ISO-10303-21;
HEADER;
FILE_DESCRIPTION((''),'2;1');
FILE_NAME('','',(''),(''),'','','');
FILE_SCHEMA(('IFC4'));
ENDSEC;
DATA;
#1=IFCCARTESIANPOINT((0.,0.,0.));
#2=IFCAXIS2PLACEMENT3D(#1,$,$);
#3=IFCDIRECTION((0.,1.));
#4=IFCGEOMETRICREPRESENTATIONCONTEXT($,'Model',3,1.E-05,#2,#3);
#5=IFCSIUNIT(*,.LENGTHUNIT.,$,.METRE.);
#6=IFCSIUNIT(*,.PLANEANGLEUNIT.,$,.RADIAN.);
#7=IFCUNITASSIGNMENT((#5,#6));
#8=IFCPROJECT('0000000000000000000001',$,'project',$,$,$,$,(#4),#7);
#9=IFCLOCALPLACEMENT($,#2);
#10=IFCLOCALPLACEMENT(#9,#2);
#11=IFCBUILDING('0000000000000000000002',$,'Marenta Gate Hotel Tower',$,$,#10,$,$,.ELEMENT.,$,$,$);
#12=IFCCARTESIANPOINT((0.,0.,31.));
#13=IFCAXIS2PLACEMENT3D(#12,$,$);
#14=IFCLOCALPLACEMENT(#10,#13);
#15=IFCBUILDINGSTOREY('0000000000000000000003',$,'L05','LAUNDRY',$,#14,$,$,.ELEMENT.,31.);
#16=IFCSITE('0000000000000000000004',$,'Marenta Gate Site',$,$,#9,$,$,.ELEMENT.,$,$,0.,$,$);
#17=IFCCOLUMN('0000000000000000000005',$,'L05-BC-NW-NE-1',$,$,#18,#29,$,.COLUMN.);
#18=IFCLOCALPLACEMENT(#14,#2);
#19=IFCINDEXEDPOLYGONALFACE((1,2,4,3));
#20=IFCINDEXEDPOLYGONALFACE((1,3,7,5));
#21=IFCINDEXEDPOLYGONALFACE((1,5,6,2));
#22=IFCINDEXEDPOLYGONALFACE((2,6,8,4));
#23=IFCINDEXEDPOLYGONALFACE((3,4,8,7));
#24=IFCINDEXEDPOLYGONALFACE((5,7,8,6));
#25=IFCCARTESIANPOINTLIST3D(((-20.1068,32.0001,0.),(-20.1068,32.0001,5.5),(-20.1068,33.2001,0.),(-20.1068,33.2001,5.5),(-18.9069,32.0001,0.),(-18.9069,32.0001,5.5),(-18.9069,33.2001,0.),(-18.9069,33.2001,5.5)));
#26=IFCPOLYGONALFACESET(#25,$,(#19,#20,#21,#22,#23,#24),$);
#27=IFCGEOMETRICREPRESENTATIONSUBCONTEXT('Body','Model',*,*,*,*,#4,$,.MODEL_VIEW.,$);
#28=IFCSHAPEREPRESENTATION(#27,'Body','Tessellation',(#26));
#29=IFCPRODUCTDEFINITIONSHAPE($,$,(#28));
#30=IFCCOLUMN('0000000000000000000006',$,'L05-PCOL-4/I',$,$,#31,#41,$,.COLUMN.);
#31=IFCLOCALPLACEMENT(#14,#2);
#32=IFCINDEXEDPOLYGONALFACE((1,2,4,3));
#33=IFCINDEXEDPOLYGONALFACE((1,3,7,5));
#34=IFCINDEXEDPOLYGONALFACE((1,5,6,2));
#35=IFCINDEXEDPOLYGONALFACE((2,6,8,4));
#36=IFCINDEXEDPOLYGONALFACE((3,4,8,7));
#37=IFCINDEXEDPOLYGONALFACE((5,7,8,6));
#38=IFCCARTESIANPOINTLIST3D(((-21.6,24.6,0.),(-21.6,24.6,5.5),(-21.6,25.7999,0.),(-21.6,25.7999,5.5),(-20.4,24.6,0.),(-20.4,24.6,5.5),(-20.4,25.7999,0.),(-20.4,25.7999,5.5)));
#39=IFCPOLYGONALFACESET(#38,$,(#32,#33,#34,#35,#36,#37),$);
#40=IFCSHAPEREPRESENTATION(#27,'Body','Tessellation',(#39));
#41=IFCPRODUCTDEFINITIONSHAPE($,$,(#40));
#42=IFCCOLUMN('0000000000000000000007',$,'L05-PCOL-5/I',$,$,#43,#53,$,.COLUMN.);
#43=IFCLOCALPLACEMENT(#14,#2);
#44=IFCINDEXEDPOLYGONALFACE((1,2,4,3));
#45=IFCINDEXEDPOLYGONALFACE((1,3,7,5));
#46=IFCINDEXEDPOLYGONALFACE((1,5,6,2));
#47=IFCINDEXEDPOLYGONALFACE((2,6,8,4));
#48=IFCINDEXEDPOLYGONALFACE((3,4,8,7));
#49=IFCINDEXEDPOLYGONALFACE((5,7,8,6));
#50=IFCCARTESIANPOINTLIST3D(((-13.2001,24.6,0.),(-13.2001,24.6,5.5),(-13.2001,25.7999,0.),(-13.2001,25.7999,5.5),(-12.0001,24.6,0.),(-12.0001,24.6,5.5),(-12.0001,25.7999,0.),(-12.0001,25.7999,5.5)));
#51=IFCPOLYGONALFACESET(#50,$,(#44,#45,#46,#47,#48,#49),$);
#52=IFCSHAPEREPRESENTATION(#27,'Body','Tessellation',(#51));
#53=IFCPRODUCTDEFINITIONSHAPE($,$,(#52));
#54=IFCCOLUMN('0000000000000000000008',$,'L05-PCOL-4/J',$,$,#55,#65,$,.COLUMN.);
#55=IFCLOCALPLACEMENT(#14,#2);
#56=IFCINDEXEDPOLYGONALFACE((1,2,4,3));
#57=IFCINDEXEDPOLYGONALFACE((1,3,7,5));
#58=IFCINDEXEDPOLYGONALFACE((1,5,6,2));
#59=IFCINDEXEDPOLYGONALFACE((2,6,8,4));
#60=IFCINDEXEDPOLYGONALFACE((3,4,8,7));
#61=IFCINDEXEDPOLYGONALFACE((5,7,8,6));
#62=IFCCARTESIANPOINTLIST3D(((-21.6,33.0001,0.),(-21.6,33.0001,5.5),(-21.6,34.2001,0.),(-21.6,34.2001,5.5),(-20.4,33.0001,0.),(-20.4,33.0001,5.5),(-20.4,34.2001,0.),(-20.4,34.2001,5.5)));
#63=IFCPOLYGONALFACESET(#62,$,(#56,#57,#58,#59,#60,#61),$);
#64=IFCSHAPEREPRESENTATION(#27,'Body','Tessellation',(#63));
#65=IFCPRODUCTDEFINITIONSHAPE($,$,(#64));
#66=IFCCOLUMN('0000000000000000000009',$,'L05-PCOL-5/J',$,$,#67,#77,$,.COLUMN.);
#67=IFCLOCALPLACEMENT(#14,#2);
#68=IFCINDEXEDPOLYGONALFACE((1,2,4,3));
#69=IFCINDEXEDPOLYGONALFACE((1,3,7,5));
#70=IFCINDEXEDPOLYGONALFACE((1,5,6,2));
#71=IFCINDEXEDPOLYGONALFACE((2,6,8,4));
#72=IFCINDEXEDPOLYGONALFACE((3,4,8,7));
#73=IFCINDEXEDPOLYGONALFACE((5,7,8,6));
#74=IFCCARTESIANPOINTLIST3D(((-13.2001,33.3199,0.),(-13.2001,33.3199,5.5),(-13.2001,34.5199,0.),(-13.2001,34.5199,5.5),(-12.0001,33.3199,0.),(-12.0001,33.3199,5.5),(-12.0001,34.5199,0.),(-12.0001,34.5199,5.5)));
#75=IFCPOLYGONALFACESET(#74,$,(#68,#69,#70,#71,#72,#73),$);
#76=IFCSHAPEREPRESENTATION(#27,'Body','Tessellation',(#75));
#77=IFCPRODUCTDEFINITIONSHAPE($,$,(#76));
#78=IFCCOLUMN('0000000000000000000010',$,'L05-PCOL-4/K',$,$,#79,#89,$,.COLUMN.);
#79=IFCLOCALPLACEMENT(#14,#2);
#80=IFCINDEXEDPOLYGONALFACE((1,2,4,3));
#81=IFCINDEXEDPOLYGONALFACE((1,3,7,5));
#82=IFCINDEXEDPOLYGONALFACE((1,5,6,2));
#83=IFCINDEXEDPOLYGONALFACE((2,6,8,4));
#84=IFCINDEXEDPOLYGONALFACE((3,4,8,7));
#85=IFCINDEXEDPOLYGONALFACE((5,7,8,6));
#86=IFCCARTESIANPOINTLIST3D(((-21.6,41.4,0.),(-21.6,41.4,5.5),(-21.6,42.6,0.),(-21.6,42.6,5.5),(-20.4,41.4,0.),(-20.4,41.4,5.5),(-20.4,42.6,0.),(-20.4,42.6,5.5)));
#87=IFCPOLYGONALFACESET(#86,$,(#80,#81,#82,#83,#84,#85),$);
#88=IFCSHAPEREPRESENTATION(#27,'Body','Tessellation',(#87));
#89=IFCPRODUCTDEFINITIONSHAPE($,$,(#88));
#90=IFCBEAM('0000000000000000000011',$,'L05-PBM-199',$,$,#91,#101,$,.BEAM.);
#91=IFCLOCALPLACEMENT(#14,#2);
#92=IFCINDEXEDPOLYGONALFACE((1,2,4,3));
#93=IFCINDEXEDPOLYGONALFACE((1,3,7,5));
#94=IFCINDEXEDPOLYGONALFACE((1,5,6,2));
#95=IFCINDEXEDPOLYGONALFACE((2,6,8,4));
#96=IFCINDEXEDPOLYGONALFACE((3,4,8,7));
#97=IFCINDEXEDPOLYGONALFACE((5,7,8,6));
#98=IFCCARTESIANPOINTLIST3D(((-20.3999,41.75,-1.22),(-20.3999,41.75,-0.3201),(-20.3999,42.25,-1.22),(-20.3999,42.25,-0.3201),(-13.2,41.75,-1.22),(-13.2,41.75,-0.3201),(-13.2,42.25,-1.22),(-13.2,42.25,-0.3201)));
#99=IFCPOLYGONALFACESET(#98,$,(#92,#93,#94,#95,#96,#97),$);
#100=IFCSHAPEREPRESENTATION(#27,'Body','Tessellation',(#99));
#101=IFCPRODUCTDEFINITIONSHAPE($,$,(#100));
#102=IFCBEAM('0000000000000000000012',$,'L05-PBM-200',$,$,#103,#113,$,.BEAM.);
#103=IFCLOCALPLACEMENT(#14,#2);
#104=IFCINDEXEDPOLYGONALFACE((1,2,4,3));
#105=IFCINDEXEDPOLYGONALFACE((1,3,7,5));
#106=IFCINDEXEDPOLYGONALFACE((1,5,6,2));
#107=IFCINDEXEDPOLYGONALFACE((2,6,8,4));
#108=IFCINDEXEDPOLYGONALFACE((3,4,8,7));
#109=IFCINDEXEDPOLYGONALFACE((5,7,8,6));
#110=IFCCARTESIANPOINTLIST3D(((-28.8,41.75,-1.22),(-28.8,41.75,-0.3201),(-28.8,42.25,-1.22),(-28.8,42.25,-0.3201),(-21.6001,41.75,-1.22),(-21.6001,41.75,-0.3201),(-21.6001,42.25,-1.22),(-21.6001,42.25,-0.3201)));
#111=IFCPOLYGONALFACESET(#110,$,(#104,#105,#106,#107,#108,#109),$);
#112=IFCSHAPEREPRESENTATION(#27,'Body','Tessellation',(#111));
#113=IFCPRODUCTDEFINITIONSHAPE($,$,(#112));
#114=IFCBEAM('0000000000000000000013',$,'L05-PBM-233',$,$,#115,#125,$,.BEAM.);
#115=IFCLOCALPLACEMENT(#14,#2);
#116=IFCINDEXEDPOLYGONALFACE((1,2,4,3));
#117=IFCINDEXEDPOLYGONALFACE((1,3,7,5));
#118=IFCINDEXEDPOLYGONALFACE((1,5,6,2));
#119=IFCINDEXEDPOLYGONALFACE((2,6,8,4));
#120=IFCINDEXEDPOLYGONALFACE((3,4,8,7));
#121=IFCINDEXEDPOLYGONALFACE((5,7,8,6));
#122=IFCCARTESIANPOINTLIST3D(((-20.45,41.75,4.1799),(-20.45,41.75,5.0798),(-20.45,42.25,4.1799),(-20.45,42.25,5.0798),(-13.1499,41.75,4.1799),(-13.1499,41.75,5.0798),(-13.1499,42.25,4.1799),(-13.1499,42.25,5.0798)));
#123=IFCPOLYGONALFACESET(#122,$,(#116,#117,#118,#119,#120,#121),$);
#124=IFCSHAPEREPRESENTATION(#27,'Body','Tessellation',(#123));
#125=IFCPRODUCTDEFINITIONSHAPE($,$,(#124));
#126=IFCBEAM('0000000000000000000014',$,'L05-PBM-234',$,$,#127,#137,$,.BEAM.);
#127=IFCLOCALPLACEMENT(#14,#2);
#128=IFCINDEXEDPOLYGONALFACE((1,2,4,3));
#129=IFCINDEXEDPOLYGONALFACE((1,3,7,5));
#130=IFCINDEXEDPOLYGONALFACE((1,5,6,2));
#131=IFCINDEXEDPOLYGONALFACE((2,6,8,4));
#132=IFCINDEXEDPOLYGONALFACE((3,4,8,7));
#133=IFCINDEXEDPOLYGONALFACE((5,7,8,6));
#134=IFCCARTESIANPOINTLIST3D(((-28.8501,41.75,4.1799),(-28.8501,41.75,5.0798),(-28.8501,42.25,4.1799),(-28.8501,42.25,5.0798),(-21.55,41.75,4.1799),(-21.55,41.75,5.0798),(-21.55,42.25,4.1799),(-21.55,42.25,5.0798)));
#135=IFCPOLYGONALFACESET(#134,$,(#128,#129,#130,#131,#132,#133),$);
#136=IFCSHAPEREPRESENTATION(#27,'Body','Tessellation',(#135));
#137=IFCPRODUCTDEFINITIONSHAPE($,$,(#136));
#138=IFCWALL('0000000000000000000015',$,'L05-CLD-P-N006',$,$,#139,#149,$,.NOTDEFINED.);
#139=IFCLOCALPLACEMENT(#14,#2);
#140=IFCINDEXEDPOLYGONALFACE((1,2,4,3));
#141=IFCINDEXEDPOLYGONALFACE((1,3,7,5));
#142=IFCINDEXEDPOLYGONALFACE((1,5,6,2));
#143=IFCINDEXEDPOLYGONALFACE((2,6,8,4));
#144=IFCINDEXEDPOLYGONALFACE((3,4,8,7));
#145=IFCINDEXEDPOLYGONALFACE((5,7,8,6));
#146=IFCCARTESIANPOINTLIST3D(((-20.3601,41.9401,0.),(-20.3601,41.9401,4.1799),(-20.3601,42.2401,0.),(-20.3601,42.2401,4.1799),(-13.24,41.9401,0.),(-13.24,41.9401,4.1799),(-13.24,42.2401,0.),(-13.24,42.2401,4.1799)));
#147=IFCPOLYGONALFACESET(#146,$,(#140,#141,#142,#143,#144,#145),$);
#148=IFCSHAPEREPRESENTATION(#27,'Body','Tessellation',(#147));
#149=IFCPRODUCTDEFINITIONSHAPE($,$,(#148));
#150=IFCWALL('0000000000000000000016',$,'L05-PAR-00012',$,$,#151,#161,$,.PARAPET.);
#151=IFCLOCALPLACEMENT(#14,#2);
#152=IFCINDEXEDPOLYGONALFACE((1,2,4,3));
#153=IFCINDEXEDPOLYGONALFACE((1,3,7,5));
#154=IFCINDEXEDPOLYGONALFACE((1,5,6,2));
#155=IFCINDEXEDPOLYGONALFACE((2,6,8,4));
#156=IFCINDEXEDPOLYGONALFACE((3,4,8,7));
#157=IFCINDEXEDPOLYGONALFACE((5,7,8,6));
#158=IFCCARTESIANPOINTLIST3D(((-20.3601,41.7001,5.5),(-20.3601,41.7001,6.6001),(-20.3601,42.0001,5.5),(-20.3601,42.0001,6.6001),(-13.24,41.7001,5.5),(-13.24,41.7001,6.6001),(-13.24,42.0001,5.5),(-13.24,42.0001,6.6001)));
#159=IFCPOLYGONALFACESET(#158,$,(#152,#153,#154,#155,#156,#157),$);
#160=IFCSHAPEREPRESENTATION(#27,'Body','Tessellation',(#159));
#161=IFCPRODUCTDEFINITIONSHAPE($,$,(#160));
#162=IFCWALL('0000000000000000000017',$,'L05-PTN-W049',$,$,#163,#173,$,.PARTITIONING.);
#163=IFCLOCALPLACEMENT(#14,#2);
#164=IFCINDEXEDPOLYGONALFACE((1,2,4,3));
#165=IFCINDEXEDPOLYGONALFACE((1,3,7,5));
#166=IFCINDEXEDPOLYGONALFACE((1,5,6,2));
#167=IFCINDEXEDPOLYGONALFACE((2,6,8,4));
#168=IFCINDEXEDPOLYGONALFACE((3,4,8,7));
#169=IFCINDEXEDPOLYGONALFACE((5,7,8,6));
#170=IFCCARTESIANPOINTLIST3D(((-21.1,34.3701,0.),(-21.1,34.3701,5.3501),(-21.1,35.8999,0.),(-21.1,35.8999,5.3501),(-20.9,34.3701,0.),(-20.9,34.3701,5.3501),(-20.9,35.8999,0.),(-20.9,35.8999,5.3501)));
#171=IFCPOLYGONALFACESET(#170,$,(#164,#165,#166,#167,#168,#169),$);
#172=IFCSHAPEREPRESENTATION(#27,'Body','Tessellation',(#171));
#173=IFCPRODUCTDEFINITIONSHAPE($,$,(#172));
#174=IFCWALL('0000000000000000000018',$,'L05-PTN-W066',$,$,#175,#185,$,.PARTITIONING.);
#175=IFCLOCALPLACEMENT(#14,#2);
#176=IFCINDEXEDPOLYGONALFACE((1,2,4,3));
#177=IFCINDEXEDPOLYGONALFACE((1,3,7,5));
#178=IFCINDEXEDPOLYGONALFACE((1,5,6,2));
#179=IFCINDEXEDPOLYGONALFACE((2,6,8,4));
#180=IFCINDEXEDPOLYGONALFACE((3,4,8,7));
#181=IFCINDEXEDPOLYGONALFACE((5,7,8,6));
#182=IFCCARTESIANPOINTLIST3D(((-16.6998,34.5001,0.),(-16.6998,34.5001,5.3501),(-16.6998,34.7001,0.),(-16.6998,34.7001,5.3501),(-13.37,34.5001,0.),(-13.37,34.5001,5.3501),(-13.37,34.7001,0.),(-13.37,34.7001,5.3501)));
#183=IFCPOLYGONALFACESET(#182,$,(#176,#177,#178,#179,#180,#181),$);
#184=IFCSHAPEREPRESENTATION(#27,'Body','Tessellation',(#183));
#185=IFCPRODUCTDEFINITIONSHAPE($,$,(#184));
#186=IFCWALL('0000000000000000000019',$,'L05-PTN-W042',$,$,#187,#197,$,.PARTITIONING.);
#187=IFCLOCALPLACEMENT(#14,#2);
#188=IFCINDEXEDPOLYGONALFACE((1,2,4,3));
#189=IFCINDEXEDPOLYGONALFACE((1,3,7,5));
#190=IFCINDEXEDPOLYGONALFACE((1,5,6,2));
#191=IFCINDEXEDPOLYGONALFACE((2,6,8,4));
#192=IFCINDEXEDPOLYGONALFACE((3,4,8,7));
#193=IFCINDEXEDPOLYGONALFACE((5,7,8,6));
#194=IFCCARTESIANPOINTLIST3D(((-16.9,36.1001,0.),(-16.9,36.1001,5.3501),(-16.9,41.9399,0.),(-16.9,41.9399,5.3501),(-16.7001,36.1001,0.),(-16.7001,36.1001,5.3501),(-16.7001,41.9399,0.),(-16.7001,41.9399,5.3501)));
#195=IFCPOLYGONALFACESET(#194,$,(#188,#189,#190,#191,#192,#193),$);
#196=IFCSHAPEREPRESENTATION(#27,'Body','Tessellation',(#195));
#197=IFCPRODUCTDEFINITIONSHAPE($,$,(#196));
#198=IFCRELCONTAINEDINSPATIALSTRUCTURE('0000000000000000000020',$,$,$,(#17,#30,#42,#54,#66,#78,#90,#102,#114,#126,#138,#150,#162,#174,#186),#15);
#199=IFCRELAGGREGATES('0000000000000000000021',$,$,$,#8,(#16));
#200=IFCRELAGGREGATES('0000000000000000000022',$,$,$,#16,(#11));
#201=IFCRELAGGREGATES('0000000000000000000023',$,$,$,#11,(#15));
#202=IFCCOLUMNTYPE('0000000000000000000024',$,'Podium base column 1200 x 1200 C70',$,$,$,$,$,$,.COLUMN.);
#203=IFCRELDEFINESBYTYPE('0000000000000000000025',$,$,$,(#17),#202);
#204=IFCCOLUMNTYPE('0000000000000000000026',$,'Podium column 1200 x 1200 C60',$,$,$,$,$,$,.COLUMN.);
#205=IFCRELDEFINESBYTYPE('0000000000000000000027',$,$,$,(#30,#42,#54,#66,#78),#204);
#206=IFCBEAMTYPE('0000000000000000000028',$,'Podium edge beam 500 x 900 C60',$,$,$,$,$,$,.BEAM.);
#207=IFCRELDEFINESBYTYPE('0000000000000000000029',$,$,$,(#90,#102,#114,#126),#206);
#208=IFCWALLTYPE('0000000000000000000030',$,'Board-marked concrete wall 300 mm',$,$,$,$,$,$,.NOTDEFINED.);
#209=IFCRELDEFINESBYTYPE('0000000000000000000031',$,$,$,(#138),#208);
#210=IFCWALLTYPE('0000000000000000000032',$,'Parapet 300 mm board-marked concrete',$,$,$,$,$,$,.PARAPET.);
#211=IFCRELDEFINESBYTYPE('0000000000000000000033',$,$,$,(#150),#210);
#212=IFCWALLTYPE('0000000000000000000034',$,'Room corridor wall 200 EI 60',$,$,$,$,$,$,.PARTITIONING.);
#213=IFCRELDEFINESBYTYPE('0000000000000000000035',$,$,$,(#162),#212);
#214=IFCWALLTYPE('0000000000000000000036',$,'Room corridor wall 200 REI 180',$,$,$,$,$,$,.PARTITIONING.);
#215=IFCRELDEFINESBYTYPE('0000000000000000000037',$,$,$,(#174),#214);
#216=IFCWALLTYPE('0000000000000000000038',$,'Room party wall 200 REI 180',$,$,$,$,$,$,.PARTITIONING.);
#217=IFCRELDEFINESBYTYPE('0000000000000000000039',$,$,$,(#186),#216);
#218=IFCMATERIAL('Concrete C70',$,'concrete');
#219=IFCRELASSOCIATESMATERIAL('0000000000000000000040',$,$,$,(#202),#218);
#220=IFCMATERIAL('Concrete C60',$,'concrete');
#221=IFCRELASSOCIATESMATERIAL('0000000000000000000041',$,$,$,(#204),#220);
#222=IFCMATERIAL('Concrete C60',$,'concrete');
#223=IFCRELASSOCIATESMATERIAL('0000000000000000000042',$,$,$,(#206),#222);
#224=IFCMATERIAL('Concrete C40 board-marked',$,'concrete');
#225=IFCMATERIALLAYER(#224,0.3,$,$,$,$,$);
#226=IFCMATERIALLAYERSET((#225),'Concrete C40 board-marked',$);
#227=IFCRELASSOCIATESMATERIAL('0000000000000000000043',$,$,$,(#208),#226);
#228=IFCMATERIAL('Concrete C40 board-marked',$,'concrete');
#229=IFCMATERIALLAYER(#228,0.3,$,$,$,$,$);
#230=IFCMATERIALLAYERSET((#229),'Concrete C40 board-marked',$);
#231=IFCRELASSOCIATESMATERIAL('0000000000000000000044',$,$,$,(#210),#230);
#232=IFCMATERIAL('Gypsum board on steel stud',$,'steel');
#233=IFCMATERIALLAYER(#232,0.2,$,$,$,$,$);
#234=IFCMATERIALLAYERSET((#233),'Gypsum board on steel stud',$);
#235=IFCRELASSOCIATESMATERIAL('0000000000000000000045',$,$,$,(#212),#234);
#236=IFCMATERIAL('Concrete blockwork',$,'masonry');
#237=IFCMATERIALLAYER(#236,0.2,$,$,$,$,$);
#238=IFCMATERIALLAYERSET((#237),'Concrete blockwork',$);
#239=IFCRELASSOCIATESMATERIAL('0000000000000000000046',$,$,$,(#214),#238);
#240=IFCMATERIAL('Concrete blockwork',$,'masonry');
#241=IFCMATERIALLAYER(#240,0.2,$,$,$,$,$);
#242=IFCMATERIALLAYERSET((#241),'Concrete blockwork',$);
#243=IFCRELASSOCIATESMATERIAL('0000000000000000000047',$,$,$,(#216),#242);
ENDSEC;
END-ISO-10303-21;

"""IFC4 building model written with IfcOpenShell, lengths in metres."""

from ifc_helpers import new_model, si_unit, direction, frame, frame_2d, origin, origin_2d, place, context, subcontext, project, spatial, rectangle, extrude, material, layer, layer_set, material_profile, profile_set, type_object, element, save


model = new_model("IFC4")

# Units and contexts
model_context = context("Model", 3, precision=1e-05, world=origin(), true_north=direction((0.0, 1.0)))
body_context = subcontext(model_context, "Body", "Model", "MODEL_VIEW")
ifc_project = project(units=[si_unit("LENGTHUNIT", "METRE"), si_unit("PLANEANGLEUNIT", "RADIAN")], contexts=[model_context])

# Site, building, storey
site_placement = place(None, origin())
site = spatial("IfcSite", under=ifc_project, at=site_placement, Name="Marenta Gate Site", CompositionType="ELEMENT", RefElevation=0.0)
building_placement = place(site_placement, origin())
building = spatial("IfcBuilding", under=site, at=building_placement, Name="Marenta Gate Hotel Tower", CompositionType="ELEMENT")
storey_placement = place(building_placement, frame((0.0, 0.0, 31.0)))
storey = spatial("IfcBuildingStorey", under=building, at=storey_placement, Name="L05", Description="LAUNDRY", CompositionType="ELEMENT", Elevation=31.0)

# Columns
ifc_material_1 = material(Name="Concrete C70", Category="concrete")
ifc_material_profile_1 = material_profile(ifc_material_1, rectangle(XDim=1.2, YDim=1.2, at=origin_2d()), Name="1200 x 1200")
ifc_profile_set_1 = profile_set([ifc_material_profile_1], Name="Concrete C70")
column_type_1 = type_object("IfcColumnType", Name="Podium base column 1200 x 1200 C70", PredefinedType="COLUMN", material=ifc_profile_set_1)
column_placement = place(storey_placement, frame((-19.5068, 32.6001, 0.0), z_axis=(0.0, 0.0, 1.0), x_axis=(1.0, 0.0, 0.0)))
element("IfcColumn", 1, at=column_placement, inside=storey, type_object=column_type_1, Name="L05-BC-NW-NE-1", PredefinedType="COLUMN", context=body_context, shape_type="SweptSolid", body=[
    extrude(rectangle(XDim=1.2, YDim=1.2, at=origin_2d()), origin(), (0.0, 0.0, 1.0), 5.5),
])
ifc_material_2 = material(Name="Concrete C60", Category="concrete")
ifc_material_profile_2 = material_profile(ifc_material_2, rectangle(XDim=1.2, YDim=1.2, at=origin_2d()), Name="1200 x 1200")
ifc_profile_set_2 = profile_set([ifc_material_profile_2], Name="Concrete C60")
column_type_2 = type_object("IfcColumnType", Name="Podium column 1200 x 1200 C60", PredefinedType="COLUMN", material=ifc_profile_set_2)
for number, where, z_axis, x_axis, name in (
    (2, (-21.0, 25.2, 0.0), (0.0, 0.0, 1.0), (1.0, 0.0, 0.0), "L05-PCOL-4/I"),
    (3, (-12.6001, 25.2, 0.0), (0.0, 0.0, 1.0), (1.0, 0.0, 0.0), "L05-PCOL-5/I"),
    (4, (-21.0, 33.6001, 0.0), (0.0, 0.0, 1.0), (1.0, 0.0, 0.0), "L05-PCOL-4/J"),
    (5, (-12.6001, 33.9199, 0.0), (0.0, 0.0, 1.0), (1.0, 0.0, 0.0), "L05-PCOL-5/J"),
    (6, (-21.0, 42.0, 0.0), (0.0, 0.0, 1.0), (1.0, 0.0, 0.0), "L05-PCOL-4/K"),
):
    element("IfcColumn", number, at=place(storey_placement, frame(where, z_axis=z_axis, x_axis=x_axis)), inside=storey, type_object=column_type_2, Name=name, PredefinedType="COLUMN", context=body_context, shape_type="SweptSolid", body=[
        extrude(rectangle(XDim=1.2, YDim=1.2, at=origin_2d()), origin(), (0.0, 0.0, 1.0), 5.5),
    ])

# Beams
ifc_material_3 = material(Name="Concrete C60", Category="concrete")
ifc_material_profile_3 = material_profile(ifc_material_3, rectangle(XDim=0.5, YDim=0.8999, at=origin_2d()), Name="500 x 900")
ifc_profile_set_3 = profile_set([ifc_material_profile_3], Name="Concrete C60")
beam_type = type_object("IfcBeamType", Name="Podium edge beam 500 x 900 C60", PredefinedType="BEAM", material=ifc_profile_set_3)
for number, where, z_axis, x_axis, name in (
    (7, (-13.2, 42.0, -0.77), (-1.0, 0.0, 0.0), (0.0, -1.0, 0.0), "L05-PBM-199"),
    (8, (-21.6001, 42.0, -0.77), (-1.0, 0.0, 0.0), (0.0, -1.0, 0.0), "L05-PBM-200"),
):
    element("IfcBeam", number, at=place(storey_placement, frame(where, z_axis=z_axis, x_axis=x_axis)), inside=storey, type_object=beam_type, Name=name, PredefinedType="BEAM", context=body_context, shape_type="SweptSolid", body=[
        extrude(rectangle(XDim=0.5, YDim=0.8999, at=origin_2d()), origin(), (0.0, 0.0, 1.0), 7.2),
    ])
for number, where, z_axis, x_axis, name in (
    (9, (-13.1499, 42.0, 4.6299), (-1.0, 0.0, 0.0), (0.0, -1.0, 0.0), "L05-PBM-233"),
    (10, (-21.55, 42.0, 4.6299), (-1.0, 0.0, 0.0), (0.0, -1.0, 0.0), "L05-PBM-234"),
):
    element("IfcBeam", number, at=place(storey_placement, frame(where, z_axis=z_axis, x_axis=x_axis)), inside=storey, type_object=beam_type, Name=name, PredefinedType="BEAM", context=body_context, shape_type="SweptSolid", body=[
        extrude(rectangle(XDim=0.5, YDim=0.8999, at=origin_2d()), origin(), (0.0, 0.0, 1.0), 7.3),
    ])

# Walls
ifc_material_4 = material(Name="Concrete C40 board-marked", Category="concrete")
ifc_layer_1 = layer(ifc_material_4, 0.3)
ifc_layer_set_1 = layer_set([ifc_layer_1], Name="Concrete C40 board-marked")
wall_type_1 = type_object("IfcWallType", Name="Board-marked concrete wall 300 mm", PredefinedType="NOTDEFINED", material=ifc_layer_set_1)
wall_1_placement = place(storey_placement, frame((-13.24, 42.0901, 0.0), z_axis=(0.0, 0.0, 1.0), x_axis=(-1.0, 0.0, 0.0)))
element("IfcWall", 11, at=wall_1_placement, inside=storey, type_object=wall_type_1, Name="L05-CLD-P-N006", PredefinedType="NOTDEFINED", context=body_context, shape_type="SweptSolid", body=[
    extrude(rectangle(XDim=7.1201, YDim=0.3, at=frame_2d((3.5601, 0.0))), origin(), (0.0, 0.0, 1.0), 4.1799),
])
ifc_material_5 = material(Name="Concrete C40 board-marked", Category="concrete")
ifc_layer_2 = layer(ifc_material_5, 0.3)
ifc_layer_set_2 = layer_set([ifc_layer_2], Name="Concrete C40 board-marked")
wall_type_2 = type_object("IfcWallType", Name="Parapet 300 mm board-marked concrete", PredefinedType="PARAPET", material=ifc_layer_set_2)
wall_2_placement = place(storey_placement, frame((-20.3601, 41.8501, 5.5), z_axis=(0.0, 0.0, 1.0), x_axis=(1.0, 0.0, 0.0)))
element("IfcWall", 12, at=wall_2_placement, inside=storey, type_object=wall_type_2, Name="L05-PAR-00012", PredefinedType="PARAPET", context=body_context, shape_type="SweptSolid", body=[
    extrude(rectangle(XDim=7.1201, YDim=0.3, at=frame_2d((3.5601, 0.0))), origin(), (0.0, 0.0, 1.0), 1.1001),
])
ifc_material_6 = material(Name="Gypsum board on steel stud", Category="steel")
ifc_layer_3 = layer(ifc_material_6, 0.2)
ifc_layer_set_3 = layer_set([ifc_layer_3], Name="Gypsum board on steel stud")
wall_type_3 = type_object("IfcWallType", Name="Room corridor wall 200 EI 60", PredefinedType="PARTITIONING", material=ifc_layer_set_3)
wall_3_placement = place(storey_placement, frame((-21.0, 34.3701, 0.0), z_axis=(0.0, 0.0, 1.0), x_axis=(0.0, 1.0, 0.0)))
element("IfcWall", 13, at=wall_3_placement, inside=storey, type_object=wall_type_3, Name="L05-PTN-W049", PredefinedType="PARTITIONING", context=body_context, shape_type="SweptSolid", body=[
    extrude(rectangle(XDim=1.5298, YDim=0.2, at=frame_2d((0.7649, 0.0))), origin(), (0.0, 0.0, 1.0), 5.3501),
])
ifc_material_7 = material(Name="Concrete blockwork", Category="masonry")
ifc_layer_4 = layer(ifc_material_7, 0.2)
ifc_layer_set_4 = layer_set([ifc_layer_4], Name="Concrete blockwork")
wall_type_4 = type_object("IfcWallType", Name="Room corridor wall 200 REI 180", PredefinedType="PARTITIONING", material=ifc_layer_set_4)
wall_4_placement = place(storey_placement, frame((-16.7, 34.6001, 0.0), z_axis=(0.0, 0.0, 1.0), x_axis=(1.0, 0.0, 0.0)))
element("IfcWall", 14, at=wall_4_placement, inside=storey, type_object=wall_type_4, Name="L05-PTN-W066", PredefinedType="PARTITIONING", context=body_context, shape_type="SweptSolid", body=[
    extrude(rectangle(XDim=3.3298, YDim=0.2, at=frame_2d((1.665, 0.0))), origin(), (0.0, 0.0, 1.0), 5.3501),
])

# Wall
ifc_material_8 = material(Name="Concrete blockwork", Category="masonry")
ifc_layer_5 = layer(ifc_material_8, 0.2)
ifc_layer_set_5 = layer_set([ifc_layer_5], Name="Concrete blockwork")
wall_type_5 = type_object("IfcWallType", Name="Room party wall 200 REI 180", PredefinedType="PARTITIONING", material=ifc_layer_set_5)
wall_5_placement = place(storey_placement, frame((-16.8, 36.1001, 0.0), z_axis=(0.0, 0.0, 1.0), x_axis=(0.0, 1.0, 0.0)))
element("IfcWall", 15, at=wall_5_placement, inside=storey, type_object=wall_type_5, Name="L05-PTN-W042", PredefinedType="PARTITIONING", context=body_context, shape_type="SweptSolid", body=[
    extrude(rectangle(XDim=5.8398, YDim=0.2, at=frame_2d((2.9199, 0.0))), origin(), (0.0, 0.0, 1.0), 5.3501),
])

save(model, "model.ifc")
